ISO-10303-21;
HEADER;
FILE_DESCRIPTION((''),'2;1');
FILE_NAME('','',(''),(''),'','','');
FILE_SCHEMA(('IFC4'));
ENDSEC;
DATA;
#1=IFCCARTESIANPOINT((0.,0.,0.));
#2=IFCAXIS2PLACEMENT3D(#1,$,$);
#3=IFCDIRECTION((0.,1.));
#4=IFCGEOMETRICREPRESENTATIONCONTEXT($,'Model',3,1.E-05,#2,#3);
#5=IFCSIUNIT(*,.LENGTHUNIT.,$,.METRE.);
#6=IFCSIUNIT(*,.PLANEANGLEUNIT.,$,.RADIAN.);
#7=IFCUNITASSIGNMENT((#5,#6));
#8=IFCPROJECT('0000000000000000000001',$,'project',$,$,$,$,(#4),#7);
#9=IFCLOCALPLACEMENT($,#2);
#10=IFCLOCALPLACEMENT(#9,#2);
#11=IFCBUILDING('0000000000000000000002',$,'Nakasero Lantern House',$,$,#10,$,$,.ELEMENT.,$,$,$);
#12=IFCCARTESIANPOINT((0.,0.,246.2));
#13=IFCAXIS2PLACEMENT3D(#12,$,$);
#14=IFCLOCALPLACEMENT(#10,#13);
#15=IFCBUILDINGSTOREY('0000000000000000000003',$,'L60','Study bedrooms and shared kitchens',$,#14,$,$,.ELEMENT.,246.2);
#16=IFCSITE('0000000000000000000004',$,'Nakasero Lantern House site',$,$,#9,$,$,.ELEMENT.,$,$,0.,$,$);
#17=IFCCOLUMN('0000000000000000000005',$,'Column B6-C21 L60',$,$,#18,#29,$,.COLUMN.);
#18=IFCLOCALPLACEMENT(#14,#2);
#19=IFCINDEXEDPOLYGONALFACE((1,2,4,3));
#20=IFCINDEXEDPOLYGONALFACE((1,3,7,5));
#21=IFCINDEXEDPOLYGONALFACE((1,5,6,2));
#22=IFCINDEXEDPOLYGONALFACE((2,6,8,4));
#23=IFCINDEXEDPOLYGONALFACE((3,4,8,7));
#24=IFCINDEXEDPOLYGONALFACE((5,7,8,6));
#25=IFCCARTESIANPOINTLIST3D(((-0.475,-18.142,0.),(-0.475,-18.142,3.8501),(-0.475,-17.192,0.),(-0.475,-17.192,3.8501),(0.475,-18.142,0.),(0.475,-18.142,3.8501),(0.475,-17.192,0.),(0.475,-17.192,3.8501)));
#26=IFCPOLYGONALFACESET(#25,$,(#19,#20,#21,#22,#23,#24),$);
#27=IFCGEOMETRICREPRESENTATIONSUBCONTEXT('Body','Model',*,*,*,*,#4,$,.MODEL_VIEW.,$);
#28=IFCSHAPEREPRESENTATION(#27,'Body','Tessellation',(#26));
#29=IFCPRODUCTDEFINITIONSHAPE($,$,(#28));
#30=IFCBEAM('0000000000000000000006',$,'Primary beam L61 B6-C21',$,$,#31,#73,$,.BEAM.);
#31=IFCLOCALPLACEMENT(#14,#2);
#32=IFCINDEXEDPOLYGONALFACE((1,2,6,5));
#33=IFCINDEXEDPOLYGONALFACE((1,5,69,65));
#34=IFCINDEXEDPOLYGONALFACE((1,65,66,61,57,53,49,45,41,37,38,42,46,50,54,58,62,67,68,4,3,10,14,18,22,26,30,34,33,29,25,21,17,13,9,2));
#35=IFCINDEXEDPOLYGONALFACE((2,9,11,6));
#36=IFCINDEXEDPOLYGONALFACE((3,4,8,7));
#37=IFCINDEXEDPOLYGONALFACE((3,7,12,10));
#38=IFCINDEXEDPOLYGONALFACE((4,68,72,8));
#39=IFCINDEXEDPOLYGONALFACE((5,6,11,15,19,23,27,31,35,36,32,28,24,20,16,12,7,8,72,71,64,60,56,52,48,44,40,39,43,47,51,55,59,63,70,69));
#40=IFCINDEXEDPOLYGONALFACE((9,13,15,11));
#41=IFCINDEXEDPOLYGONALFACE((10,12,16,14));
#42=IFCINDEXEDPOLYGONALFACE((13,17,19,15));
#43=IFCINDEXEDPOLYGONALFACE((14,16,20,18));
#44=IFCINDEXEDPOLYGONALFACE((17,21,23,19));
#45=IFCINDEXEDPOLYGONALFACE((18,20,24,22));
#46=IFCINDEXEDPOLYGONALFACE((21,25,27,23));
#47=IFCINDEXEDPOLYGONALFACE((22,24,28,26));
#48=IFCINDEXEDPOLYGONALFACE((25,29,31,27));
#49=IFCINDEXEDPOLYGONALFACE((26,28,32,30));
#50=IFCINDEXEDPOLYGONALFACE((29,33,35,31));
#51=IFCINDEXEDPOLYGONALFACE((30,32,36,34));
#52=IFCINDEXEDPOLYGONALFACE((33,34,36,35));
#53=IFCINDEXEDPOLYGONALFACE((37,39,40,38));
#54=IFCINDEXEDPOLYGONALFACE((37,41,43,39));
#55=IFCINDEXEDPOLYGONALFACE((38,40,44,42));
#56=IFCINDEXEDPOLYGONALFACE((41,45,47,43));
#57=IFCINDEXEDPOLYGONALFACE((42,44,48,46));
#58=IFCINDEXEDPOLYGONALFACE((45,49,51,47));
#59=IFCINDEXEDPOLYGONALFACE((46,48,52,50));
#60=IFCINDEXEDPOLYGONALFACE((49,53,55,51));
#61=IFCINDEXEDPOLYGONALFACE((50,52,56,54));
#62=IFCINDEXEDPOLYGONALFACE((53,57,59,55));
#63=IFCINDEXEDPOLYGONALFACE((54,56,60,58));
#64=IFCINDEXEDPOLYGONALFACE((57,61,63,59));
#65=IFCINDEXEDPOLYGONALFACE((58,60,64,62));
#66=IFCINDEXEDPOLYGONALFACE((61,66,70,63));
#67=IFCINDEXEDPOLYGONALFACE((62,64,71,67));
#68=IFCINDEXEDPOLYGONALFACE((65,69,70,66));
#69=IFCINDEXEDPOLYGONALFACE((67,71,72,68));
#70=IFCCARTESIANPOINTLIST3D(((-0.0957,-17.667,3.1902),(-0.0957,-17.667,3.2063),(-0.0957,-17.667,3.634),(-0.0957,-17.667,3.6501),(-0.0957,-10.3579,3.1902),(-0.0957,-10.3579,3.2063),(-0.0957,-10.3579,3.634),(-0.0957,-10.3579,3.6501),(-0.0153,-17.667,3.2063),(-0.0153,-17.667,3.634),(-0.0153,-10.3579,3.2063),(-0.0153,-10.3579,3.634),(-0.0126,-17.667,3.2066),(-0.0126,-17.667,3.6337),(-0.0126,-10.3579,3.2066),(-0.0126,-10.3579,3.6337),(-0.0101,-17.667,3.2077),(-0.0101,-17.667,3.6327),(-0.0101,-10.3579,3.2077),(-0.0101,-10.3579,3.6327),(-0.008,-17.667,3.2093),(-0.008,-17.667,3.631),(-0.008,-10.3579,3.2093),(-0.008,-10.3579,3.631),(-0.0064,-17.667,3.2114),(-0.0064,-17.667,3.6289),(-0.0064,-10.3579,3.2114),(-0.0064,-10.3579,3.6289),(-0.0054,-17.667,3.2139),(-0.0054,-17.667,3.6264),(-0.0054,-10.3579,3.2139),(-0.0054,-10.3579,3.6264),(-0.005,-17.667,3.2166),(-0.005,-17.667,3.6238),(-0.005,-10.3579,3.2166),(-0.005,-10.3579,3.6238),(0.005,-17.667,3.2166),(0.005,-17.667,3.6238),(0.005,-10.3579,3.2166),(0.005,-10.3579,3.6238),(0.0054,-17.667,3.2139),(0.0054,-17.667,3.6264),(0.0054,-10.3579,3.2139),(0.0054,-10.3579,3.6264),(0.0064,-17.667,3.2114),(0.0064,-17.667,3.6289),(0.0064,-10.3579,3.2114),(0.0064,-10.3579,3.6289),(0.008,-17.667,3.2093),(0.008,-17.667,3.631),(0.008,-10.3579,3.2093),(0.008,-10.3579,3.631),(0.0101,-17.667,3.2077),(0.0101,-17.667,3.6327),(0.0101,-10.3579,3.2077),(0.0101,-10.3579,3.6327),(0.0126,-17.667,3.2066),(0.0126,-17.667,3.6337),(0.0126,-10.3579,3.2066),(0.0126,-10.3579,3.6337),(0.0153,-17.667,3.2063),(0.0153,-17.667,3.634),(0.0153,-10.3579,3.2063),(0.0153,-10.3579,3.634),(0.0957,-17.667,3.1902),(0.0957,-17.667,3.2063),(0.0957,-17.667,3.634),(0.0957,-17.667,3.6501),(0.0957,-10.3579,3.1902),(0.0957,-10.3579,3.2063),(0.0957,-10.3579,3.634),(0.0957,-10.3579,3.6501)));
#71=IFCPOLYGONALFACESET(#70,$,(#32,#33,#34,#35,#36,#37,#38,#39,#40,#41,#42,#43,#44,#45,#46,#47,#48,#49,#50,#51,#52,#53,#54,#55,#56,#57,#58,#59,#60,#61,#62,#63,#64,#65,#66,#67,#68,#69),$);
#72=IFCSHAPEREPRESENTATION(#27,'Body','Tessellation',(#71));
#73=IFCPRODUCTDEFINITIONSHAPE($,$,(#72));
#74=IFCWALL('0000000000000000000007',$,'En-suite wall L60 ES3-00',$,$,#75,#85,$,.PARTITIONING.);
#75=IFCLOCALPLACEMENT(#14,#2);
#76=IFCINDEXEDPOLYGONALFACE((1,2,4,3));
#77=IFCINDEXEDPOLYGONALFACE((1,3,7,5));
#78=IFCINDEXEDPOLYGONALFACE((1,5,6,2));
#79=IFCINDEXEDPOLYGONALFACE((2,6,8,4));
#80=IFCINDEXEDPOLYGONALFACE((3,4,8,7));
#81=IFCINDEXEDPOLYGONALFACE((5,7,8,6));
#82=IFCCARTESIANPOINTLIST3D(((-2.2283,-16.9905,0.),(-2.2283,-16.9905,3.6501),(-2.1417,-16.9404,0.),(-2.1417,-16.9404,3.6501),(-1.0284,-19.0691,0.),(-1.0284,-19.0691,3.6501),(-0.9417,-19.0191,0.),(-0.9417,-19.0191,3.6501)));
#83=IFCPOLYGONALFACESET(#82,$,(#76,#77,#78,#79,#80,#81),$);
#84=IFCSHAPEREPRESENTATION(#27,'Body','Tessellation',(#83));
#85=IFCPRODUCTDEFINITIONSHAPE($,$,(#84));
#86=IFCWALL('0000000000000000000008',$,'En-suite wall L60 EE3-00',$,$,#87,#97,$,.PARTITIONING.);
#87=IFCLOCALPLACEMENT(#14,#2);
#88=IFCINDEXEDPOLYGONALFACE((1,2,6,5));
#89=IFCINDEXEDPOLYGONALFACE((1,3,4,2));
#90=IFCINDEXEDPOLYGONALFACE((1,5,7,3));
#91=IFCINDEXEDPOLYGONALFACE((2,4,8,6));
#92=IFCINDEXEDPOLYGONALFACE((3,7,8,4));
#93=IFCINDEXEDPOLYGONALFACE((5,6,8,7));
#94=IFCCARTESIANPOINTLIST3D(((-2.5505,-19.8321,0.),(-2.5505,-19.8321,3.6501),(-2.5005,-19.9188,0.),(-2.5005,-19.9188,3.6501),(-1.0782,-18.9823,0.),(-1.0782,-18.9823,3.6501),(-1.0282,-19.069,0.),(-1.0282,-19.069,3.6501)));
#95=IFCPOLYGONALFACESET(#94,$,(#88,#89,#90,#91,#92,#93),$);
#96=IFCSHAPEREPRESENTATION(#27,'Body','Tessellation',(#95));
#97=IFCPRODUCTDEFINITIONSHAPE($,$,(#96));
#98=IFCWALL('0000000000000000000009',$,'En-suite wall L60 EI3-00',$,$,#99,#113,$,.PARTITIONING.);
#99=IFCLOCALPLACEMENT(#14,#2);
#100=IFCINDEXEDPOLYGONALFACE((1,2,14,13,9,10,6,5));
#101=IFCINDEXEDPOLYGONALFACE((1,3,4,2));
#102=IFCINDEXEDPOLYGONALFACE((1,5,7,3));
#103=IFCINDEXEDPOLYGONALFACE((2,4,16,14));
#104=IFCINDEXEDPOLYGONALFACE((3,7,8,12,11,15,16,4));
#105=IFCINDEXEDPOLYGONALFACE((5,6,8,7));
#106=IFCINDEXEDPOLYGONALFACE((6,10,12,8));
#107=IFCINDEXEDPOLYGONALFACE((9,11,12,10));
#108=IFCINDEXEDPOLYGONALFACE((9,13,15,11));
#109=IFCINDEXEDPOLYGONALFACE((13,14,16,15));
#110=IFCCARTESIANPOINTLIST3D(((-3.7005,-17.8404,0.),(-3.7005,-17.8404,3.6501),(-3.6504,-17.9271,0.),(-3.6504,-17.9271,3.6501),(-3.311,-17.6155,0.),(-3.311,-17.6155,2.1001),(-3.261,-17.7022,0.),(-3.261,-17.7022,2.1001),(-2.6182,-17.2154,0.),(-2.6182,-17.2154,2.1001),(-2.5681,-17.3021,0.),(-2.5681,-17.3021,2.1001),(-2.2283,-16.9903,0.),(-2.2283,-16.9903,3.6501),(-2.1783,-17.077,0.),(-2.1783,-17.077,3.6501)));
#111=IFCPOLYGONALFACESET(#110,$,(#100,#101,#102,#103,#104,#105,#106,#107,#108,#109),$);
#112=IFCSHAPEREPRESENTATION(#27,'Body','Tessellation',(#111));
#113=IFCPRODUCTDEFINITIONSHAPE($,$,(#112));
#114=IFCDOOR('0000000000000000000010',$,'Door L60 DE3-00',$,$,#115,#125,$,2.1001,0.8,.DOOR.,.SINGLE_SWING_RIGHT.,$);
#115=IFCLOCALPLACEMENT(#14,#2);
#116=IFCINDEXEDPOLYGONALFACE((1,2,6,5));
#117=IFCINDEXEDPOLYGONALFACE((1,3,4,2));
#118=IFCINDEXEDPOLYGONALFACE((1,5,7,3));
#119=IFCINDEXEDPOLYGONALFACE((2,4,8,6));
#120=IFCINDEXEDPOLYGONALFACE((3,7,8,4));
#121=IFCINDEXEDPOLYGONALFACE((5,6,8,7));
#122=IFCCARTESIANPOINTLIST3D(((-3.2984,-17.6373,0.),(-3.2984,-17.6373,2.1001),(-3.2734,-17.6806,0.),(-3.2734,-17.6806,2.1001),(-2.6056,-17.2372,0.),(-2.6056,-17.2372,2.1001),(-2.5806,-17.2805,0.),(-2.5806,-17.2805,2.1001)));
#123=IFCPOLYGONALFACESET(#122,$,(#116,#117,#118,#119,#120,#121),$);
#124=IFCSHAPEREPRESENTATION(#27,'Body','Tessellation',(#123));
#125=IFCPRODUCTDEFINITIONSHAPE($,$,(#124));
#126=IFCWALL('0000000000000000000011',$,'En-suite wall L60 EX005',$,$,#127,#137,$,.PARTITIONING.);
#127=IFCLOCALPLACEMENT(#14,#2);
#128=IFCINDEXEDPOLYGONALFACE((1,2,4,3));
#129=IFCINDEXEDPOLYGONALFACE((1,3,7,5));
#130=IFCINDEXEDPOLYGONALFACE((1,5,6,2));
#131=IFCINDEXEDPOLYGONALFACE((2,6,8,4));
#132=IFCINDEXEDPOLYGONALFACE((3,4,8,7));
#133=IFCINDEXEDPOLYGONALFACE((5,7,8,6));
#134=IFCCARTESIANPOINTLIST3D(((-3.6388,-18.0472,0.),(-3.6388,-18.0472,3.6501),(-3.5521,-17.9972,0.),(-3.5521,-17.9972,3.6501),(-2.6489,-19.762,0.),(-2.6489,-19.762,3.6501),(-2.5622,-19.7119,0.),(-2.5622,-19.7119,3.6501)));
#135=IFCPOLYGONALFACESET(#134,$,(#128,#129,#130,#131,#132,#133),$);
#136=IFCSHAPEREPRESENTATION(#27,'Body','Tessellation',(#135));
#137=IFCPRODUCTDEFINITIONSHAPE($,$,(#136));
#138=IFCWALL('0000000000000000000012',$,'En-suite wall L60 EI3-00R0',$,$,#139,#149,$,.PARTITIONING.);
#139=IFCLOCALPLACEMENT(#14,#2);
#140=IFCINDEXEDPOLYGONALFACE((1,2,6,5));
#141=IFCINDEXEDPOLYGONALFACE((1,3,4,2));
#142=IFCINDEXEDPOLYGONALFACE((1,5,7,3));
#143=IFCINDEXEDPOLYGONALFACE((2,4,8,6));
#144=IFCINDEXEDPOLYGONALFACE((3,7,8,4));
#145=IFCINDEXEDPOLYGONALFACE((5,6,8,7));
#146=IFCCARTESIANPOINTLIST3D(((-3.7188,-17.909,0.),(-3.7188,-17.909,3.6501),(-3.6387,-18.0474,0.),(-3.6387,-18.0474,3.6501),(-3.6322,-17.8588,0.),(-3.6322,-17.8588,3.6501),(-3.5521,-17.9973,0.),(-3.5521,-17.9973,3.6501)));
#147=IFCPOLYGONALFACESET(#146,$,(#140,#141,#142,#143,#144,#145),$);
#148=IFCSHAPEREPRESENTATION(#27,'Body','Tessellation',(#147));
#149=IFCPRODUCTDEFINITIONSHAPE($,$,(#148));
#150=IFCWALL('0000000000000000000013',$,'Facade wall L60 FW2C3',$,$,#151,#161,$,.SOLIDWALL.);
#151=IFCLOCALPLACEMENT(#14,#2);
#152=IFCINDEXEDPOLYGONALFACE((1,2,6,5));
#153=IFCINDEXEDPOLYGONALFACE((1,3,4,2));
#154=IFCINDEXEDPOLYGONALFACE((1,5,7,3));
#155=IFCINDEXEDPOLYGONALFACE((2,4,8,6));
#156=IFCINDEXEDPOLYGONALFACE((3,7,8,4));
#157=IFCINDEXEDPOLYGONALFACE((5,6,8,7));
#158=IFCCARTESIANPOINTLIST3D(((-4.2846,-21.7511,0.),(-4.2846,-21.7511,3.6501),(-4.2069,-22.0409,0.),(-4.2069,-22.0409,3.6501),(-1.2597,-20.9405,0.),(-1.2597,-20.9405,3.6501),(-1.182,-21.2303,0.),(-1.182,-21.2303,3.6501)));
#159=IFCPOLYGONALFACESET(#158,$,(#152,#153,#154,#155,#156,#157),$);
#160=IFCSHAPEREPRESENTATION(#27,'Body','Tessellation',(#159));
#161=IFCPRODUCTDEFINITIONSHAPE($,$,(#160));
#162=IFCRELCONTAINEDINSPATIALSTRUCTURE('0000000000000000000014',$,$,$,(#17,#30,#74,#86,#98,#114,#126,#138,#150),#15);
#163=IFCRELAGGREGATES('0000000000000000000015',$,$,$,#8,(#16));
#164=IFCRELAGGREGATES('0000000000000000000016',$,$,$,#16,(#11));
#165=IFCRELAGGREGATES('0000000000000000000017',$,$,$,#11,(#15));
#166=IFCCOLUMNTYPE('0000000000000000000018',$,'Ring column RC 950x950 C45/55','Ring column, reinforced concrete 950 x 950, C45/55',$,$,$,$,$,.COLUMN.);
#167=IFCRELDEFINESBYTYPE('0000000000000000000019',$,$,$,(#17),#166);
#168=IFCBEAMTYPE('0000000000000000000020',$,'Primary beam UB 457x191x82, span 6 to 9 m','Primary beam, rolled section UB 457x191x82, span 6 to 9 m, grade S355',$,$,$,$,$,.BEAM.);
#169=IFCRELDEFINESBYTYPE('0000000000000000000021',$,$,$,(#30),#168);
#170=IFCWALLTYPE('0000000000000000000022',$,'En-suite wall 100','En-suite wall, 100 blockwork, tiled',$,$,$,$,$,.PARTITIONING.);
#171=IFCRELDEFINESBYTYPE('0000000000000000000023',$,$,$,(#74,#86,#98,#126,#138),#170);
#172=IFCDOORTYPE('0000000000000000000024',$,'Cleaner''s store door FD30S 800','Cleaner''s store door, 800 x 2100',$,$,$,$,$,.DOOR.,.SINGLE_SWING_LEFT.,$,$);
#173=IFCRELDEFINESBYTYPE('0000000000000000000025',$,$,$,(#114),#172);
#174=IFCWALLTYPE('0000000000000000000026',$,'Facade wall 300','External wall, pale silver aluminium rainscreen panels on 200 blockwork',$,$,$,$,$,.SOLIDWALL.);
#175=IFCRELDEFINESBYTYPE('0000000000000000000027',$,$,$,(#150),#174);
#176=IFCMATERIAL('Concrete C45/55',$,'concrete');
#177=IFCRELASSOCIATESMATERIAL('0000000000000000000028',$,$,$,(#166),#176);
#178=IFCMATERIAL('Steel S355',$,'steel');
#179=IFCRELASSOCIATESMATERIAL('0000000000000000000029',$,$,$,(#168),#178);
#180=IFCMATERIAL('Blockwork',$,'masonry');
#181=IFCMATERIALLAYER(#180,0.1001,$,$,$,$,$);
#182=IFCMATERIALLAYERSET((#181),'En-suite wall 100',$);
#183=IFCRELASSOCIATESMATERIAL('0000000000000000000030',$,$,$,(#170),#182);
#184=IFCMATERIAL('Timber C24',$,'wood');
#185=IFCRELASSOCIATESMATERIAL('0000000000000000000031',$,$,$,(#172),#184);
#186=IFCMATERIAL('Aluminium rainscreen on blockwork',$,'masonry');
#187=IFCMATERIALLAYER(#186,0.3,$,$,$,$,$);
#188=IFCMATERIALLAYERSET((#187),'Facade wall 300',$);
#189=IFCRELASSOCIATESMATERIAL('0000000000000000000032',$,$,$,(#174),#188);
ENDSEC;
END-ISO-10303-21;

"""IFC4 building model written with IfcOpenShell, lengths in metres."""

from ifc_helpers import new_model, si_unit, direction, frame, frame_2d, origin, origin_2d, place, context, subcontext, project, spatial, rectangle, i_section, extrude, material, layer, layer_set, material_profile, profile_set, type_object, element, fill, save


model = new_model("IFC4")

# Units and contexts
model_context = context("Model", 3, precision=1e-05, world=origin(), true_north=direction((0.0, 1.0)))
body_context = subcontext(model_context, "Body", "Model", "MODEL_VIEW")
ifc_project = project(units=[si_unit("LENGTHUNIT", "METRE"), si_unit("PLANEANGLEUNIT", "RADIAN")], contexts=[model_context])

# Site, building, storey
site_placement = place(None, origin())
site = spatial("IfcSite", under=ifc_project, at=site_placement, Name="Nakasero Lantern House site", CompositionType="ELEMENT", RefElevation=0.0)
building_placement = place(site_placement, origin())
building = spatial("IfcBuilding", under=site, at=building_placement, Name="Nakasero Lantern House", CompositionType="ELEMENT")
storey_placement = place(building_placement, frame((0.0, 0.0, 246.2)))
storey = spatial("IfcBuildingStorey", under=building, at=storey_placement, Name="L60", Description="Study bedrooms and shared kitchens", CompositionType="ELEMENT", Elevation=246.2)

# Column
ifc_material_1 = material(Name="Concrete C45/55", Category="concrete")
ifc_material_profile_1 = material_profile(ifc_material_1, rectangle(XDim=0.95, YDim=0.95, at=origin_2d()), Name="RC 950x950")
ifc_profile_set_1 = profile_set([ifc_material_profile_1], Name="Concrete C45/55")
column_type = type_object("IfcColumnType", Name="Ring column RC 950x950 C45/55", Description="Ring column, reinforced concrete 950 x 950, C45/55", PredefinedType="COLUMN", material=ifc_profile_set_1)
column_placement = place(storey_placement, frame((0.0, -17.667, 0.0), z_axis=(0.0, 0.0, 1.0), x_axis=(1.0, 0.0, 0.0)))
element("IfcColumn", 1, at=column_placement, inside=storey, type_object=column_type, Name="Column B6-C21 L60", PredefinedType="COLUMN", context=body_context, shape_type="SweptSolid", body=[
    extrude(rectangle(XDim=0.95, YDim=0.95, at=origin_2d()), origin(), (0.0, 0.0, 1.0), 3.8501),
])

# Beam
ifc_material_2 = material(Name="Steel S355", Category="steel")
ifc_material_profile_2 = material_profile(ifc_material_2, i_section(OverallWidth=0.1914, OverallDepth=0.46, WebThickness=0.01, FlangeThickness=0.0161, FilletRadius=0.0103, at=origin_2d()), Name="UB 457x191x82")
ifc_profile_set_2 = profile_set([ifc_material_profile_2], Name="Steel S355")
beam_type = type_object("IfcBeamType", Name="Primary beam UB 457x191x82, span 6 to 9 m", Description="Primary beam, rolled section UB 457x191x82, span 6 to 9 m, grade S355", PredefinedType="BEAM", material=ifc_profile_set_2)
beam_placement = place(storey_placement, frame((0.0, -17.667, 3.4202), z_axis=(0.0, 1.0, 0.0), x_axis=(-1.0, 0.0, 0.0)))
element("IfcBeam", 2, at=beam_placement, inside=storey, type_object=beam_type, Name="Primary beam L61 B6-C21", PredefinedType="BEAM", context=body_context, shape_type="SweptSolid", body=[
    extrude(i_section(OverallWidth=0.1914, OverallDepth=0.46, WebThickness=0.01, FlangeThickness=0.0161, FilletRadius=0.0103, at=origin_2d()), origin(), (0.0, 0.0, 1.0), 7.3091),
])

# Walls
ifc_material_3 = material(Name="Blockwork", Category="masonry")
ifc_layer_1 = layer(ifc_material_3, 0.1001)
ifc_layer_set_1 = layer_set([ifc_layer_1], Name="En-suite wall 100")
wall_type_1 = type_object("IfcWallType", Name="En-suite wall 100", Description="En-suite wall, 100 blockwork, tiled", PredefinedType="PARTITIONING", material=ifc_layer_set_1)
wall_1_placement = place(storey_placement, frame((-2.1851, -16.9653, 0.0), z_axis=(0.0, 0.0, 1.0), x_axis=(0.499957, -0.86605, 0.0)))
element("IfcWall", 3, at=wall_1_placement, inside=storey, type_object=wall_type_1, Name="En-suite wall L60 ES3-00", PredefinedType="PARTITIONING", context=body_context, shape_type="SweptSolid", body=[
    extrude(rectangle(XDim=2.4001, YDim=0.1001, at=frame_2d((1.2002, 0.0))), origin(), (0.0, 0.0, 1.0), 3.6501),
])
wall_2_placement = place(storey_placement, frame((-2.5256, -19.8755, 0.0), z_axis=(0.0, 0.0, 1.0), x_axis=(0.866088, 0.499892, 0.0)))
element("IfcWall", 4, at=wall_2_placement, inside=storey, type_object=wall_type_1, Name="En-suite wall L60 EE3-00", PredefinedType="PARTITIONING", context=body_context, shape_type="SweptSolid", body=[
    extrude(rectangle(XDim=1.7, YDim=0.1001, at=frame_2d((0.8501, 0.0))), origin(), (0.0, 0.0, 1.0), 3.6501),
])

# Wall, opening, door
wall_3_placement = place(storey_placement, frame((-3.6755, -17.8838, 0.0), z_axis=(0.0, 0.0, 1.0), x_axis=(0.865989, 0.500062, 0.0)))
wall_3 = element("IfcWall", 5, at=wall_3_placement, inside=storey, type_object=wall_type_1, Name="En-suite wall L60 EI3-00", PredefinedType="PARTITIONING", context=body_context, shape_type="SweptSolid", body=[
    extrude(rectangle(XDim=1.7, YDim=0.1001, at=frame_2d((0.8501, 0.0))), origin(), (0.0, 0.0, 1.0), 3.6501),
])
opening_1_placement = place(wall_3_placement, frame((0.45, 0.0, 0.0)))
opening_1 = element("IfcOpeningElement", 6, at=opening_1_placement, cuts=wall_3, PredefinedType="OPENING", context=body_context, shape_type="SweptSolid", body=[
    extrude(rectangle(XDim=0.8, YDim=2.1001, at=frame_2d((0.3999, 1.05))), frame((0.0, 0.0701, 0.0), z_axis=(0.0, -1.0, 0.0), x_axis=(1.0, 0.0, 0.0)), (0.0, 0.0, 1.0), 0.1401),
])
ifc_material_4 = material(Name="Timber C24", Category="wood")
door_type_1 = type_object("IfcDoorType", Name="Cleaner's store door FD30S 800", Description="Cleaner's store door, 800 x 2100", OperationType="SINGLE_SWING_LEFT", PredefinedType="DOOR", material=ifc_material_4)
door_1_placement = place(opening_1_placement, origin())
door_1 = element("IfcDoor", 7, at=door_1_placement, inside=storey, type_object=door_type_1, Name="Door L60 DE3-00", OperationType="SINGLE_SWING_RIGHT", OverallHeight=2.1001, OverallWidth=0.8, PredefinedType="DOOR", context=body_context, shape_type="SweptSolid", body=[
    extrude(rectangle(XDim=0.8, YDim=2.1001, at=frame_2d((0.3999, 1.05))), frame((0.0, 0.0249, 0.0), z_axis=(0.0, -1.0, 0.0), x_axis=(1.0, 0.0, 0.0)), (0.0, 0.0, 1.0), 0.05),
])
fill(opening_1, door_1)

# Walls
wall_4_placement = place(storey_placement, frame((-3.5955, -18.0222, 0.0), z_axis=(0.0, 0.0, 1.0), x_axis=(0.499971, -0.866042, 0.0)))
element("IfcWall", 8, at=wall_4_placement, inside=storey, type_object=wall_type_1, Name="En-suite wall L60 EX005", PredefinedType="PARTITIONING", context=body_context, shape_type="SweptSolid", body=[
    extrude(rectangle(XDim=1.98, YDim=0.1001, at=frame_2d((0.99, 0.0))), origin(), (0.0, 0.0, 1.0), 3.6501),
])
wall_5_placement = place(storey_placement, frame((-3.6755, -17.8838, 0.0), z_axis=(0.0, 0.0, 1.0), x_axis=(0.500735, -0.8656, 0.0)))
element("IfcWall", 9, at=wall_5_placement, inside=storey, type_object=wall_type_1, Name="En-suite wall L60 EI3-00R0", PredefinedType="PARTITIONING", context=body_context, shape_type="SweptSolid", body=[
    extrude(rectangle(XDim=0.1599, YDim=0.1001, at=frame_2d((0.0801, 0.0))), origin(), (0.0, 0.0, 1.0), 3.6501),
])
ifc_material_5 = material(Name="Aluminium rainscreen on blockwork", Category="masonry")
ifc_layer_2 = layer(ifc_material_5, 0.3)
ifc_layer_set_2 = layer_set([ifc_layer_2], Name="Facade wall 300")
wall_type_2 = type_object("IfcWallType", Name="Facade wall 300", Description="External wall, pale silver aluminium rainscreen panels on 200 blockwork", PredefinedType="SOLIDWALL", material=ifc_layer_set_2)
wall_6_placement = place(storey_placement, frame((-4.2458, -21.896, 0.0), z_axis=(0.0, 0.0, 1.0), x_axis=(0.965924, 0.258827, 0.0)))
element("IfcWall", 10, at=wall_6_placement, inside=storey, type_object=wall_type_2, Name="Facade wall L60 FW2C3", PredefinedType="SOLIDWALL", context=body_context, shape_type="SweptSolid", body=[
    extrude(rectangle(XDim=3.1316, YDim=0.3, at=frame_2d((1.5659, 0.0))), origin(), (0.0, 0.0, 1.0), 3.6501),
])

save(model, "model.ifc")
